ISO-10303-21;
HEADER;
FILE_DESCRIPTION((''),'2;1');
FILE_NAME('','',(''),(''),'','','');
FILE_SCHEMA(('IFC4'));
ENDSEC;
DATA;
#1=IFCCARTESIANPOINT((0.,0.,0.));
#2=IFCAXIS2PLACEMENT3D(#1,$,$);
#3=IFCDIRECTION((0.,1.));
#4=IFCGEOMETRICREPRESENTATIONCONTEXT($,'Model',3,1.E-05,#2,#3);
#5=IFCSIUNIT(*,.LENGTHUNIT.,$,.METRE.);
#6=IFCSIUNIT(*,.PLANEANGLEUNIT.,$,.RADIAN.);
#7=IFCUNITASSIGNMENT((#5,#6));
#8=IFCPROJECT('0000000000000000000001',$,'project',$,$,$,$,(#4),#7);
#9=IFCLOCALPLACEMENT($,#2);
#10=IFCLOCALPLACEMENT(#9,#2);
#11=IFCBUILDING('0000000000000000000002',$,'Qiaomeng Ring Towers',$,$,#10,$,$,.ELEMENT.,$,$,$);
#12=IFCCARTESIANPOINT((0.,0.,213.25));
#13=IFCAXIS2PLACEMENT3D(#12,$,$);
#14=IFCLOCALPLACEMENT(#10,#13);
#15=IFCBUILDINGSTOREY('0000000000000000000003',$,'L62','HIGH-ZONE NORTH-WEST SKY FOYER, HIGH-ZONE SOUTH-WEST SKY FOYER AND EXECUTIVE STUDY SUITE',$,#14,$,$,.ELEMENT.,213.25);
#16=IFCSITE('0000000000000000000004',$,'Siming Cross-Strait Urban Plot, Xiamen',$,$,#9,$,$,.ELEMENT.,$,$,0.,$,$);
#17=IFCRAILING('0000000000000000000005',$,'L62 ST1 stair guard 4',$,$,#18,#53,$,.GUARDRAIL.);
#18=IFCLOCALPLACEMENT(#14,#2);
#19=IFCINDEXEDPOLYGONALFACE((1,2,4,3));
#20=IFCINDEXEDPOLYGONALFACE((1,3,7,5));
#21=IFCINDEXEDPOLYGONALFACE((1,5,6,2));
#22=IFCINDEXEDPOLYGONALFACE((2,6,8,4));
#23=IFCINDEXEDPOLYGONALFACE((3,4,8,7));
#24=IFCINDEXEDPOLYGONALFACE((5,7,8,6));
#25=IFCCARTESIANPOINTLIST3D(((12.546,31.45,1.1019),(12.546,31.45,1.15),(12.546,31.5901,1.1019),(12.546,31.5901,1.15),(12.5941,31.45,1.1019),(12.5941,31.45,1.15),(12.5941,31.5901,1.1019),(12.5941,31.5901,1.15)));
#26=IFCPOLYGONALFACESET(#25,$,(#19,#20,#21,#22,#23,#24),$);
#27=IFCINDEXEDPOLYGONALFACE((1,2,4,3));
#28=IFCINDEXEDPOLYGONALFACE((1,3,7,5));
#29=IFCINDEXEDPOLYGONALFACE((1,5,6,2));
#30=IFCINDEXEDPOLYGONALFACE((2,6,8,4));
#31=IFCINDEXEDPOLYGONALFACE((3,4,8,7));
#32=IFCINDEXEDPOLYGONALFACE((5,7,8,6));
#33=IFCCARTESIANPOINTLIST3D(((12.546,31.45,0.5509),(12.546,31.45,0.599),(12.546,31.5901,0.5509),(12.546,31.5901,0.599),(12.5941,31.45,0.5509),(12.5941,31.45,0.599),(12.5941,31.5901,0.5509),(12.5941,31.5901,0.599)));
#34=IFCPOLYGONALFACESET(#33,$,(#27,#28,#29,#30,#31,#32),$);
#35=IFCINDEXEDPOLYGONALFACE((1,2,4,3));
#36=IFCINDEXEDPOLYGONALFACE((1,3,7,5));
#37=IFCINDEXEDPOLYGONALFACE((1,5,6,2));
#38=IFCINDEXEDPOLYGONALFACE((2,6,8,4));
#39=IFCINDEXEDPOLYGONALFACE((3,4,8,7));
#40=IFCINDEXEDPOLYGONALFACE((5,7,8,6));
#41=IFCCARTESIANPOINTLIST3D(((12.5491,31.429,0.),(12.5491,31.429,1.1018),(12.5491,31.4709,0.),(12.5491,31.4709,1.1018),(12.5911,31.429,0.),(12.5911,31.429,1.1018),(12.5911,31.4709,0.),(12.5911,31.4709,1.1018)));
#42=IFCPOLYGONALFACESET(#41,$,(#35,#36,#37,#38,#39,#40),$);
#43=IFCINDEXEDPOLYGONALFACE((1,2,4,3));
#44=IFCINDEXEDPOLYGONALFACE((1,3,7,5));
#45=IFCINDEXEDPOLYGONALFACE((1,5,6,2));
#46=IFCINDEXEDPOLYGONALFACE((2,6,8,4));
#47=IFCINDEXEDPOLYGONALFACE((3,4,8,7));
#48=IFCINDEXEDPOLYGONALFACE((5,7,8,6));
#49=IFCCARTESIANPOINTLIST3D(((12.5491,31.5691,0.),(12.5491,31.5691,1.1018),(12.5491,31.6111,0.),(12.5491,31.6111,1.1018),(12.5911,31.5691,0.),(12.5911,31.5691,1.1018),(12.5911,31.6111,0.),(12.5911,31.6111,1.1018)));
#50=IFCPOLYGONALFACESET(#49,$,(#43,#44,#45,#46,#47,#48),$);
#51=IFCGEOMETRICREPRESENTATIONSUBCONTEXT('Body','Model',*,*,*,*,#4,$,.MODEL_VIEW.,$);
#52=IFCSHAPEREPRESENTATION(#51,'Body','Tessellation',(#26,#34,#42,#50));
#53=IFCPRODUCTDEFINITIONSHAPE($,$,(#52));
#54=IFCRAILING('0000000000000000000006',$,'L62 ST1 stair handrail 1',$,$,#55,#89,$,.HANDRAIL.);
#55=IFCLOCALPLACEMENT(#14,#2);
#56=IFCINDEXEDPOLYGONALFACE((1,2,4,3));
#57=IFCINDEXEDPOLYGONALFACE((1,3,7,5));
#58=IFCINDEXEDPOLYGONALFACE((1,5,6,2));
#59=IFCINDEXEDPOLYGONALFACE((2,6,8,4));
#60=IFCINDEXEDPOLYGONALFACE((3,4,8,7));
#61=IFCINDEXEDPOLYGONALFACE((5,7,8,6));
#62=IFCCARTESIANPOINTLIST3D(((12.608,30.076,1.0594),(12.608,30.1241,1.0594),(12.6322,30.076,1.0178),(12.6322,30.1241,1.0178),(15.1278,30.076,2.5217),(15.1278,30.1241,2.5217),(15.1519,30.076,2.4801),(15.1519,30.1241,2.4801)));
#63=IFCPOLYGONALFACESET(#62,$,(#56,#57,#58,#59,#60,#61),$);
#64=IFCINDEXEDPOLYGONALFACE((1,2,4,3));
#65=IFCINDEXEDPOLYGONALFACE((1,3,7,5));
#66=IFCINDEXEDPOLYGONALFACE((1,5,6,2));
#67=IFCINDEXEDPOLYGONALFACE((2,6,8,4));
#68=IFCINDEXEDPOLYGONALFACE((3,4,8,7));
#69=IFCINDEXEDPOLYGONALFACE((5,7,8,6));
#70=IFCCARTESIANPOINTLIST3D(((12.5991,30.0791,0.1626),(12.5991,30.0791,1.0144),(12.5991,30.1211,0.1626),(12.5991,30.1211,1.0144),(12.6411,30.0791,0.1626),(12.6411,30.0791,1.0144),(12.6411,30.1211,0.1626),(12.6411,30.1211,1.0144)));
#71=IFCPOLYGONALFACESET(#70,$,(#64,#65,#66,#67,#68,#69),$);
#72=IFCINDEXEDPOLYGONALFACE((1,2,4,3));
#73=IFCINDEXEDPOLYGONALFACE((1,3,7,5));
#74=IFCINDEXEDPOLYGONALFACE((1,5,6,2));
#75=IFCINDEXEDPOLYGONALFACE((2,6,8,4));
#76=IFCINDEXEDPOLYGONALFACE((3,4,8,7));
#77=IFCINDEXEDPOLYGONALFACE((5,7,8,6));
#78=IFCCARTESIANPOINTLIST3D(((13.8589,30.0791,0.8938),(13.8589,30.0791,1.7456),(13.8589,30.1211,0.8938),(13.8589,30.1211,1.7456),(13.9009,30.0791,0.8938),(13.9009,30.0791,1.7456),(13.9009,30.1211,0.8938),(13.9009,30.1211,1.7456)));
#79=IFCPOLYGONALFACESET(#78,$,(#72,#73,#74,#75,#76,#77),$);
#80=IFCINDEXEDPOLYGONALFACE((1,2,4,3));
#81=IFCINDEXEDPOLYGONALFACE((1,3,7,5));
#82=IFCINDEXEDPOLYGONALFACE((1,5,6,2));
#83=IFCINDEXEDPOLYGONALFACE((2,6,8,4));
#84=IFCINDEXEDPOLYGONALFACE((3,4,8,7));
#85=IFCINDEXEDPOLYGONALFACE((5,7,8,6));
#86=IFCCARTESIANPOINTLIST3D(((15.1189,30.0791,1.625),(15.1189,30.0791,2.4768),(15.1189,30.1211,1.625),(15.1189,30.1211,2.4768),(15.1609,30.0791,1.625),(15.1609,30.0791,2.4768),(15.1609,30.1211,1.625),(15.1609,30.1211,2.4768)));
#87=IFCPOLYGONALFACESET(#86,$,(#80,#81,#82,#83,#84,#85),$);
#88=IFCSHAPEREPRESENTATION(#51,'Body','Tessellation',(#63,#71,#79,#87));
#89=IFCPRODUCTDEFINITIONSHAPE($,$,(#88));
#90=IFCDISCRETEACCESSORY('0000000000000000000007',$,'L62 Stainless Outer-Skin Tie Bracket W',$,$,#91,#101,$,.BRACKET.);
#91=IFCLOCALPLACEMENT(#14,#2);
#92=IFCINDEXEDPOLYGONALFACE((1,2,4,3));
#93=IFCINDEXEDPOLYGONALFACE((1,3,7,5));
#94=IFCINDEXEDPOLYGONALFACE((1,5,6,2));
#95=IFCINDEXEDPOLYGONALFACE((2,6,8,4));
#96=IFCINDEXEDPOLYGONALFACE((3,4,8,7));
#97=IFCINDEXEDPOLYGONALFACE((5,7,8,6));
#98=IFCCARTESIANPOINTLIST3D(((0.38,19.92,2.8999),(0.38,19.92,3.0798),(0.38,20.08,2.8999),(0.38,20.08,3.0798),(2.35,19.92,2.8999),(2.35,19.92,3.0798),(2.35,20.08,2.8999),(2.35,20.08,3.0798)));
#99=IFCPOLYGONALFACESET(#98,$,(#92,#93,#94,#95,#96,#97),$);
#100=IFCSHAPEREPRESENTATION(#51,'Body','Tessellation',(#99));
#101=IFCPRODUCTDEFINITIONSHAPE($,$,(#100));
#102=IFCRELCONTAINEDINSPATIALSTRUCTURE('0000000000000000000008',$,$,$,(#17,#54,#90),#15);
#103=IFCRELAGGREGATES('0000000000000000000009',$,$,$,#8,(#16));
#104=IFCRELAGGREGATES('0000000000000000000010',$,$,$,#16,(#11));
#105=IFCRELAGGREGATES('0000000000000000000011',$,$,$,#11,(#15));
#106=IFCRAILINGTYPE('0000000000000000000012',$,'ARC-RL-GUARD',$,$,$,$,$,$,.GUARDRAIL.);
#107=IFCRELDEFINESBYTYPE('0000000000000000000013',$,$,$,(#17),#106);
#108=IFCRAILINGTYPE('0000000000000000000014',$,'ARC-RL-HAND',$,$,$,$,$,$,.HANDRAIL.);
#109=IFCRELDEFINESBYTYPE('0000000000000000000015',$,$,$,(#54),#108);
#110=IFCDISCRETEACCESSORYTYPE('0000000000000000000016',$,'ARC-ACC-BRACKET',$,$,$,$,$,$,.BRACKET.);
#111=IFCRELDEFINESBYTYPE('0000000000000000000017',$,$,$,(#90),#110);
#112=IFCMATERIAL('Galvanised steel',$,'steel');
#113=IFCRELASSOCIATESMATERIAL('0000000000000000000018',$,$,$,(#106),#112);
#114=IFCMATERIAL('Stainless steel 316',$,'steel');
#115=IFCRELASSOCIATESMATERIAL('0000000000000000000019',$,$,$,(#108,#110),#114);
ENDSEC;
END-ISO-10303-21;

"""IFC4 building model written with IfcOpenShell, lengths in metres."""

from ifc_helpers import new_model, si_unit, direction, frame, origin, origin_2d, place, context, subcontext, project, spatial, rectangle, extrude, source, transform, mapped, material, type_object, element, save


model = new_model("IFC4")

# Units and contexts
model_context = context("Model", 3, precision=1e-05, world=origin(), true_north=direction((0.0, 1.0)))
body_context = subcontext(model_context, "Body", "Model", "MODEL_VIEW")
ifc_project = project(units=[si_unit("LENGTHUNIT", "METRE"), si_unit("PLANEANGLEUNIT", "RADIAN")], contexts=[model_context])

# Site, building, storey
site_placement = place(None, origin())
site = spatial("IfcSite", under=ifc_project, at=site_placement, Name="Siming Cross-Strait Urban Plot, Xiamen", CompositionType="ELEMENT", RefElevation=0.0)
building_placement = place(site_placement, origin())
building = spatial("IfcBuilding", under=site, at=building_placement, Name="Qiaomeng Ring Towers", CompositionType="ELEMENT")
storey_placement = place(building_placement, frame((0.0, 0.0, 213.25)))
storey = spatial("IfcBuildingStorey", under=building, at=storey_placement, Name="L62", Description="HIGH-ZONE NORTH-WEST SKY FOYER, HIGH-ZONE SOUTH-WEST SKY FOYER AND EXECUTIVE STUDY SUITE", CompositionType="ELEMENT", Elevation=213.25)

# Shared definitions
ifc_material_1 = material(Name="Stainless steel 316", Category="steel")

# Railings
ifc_material_2 = material(Name="Galvanised steel", Category="steel")
railing_type_1 = type_object("IfcRailingType", Name="ARC-RL-GUARD", PredefinedType="GUARDRAIL", material=ifc_material_2)
railing_1_placement = place(storey_placement, frame((12.5701, 31.45, 0.0)))
element("IfcRailing", 1, at=railing_1_placement, inside=storey, type_object=railing_type_1, Name="L62 ST1 stair guard 4", PredefinedType="GUARDRAIL", context=body_context, shape_type="SweptSolid", body=[
    extrude(rectangle(XDim=0.0481, YDim=0.0481, at=origin_2d()), frame((0.0, 0.0, 1.126), z_axis=(0.0, 1.0, 0.0), x_axis=(-1.0, 0.0, 0.0)), (0.0, 0.0, 1.0), 0.1401),
    extrude(rectangle(XDim=0.0481, YDim=0.0481, at=origin_2d()), frame((0.0, 0.0, 0.575), z_axis=(0.0, 1.0, 0.0), x_axis=(-1.0, 0.0, 0.0)), (0.0, 0.0, 1.0), 0.1401),
    extrude(rectangle(XDim=0.042, YDim=0.042, at=origin_2d()), origin(), (0.0, 0.0, 1.0), 1.1018),
    extrude(rectangle(XDim=0.042, YDim=0.042, at=origin_2d()), frame((0.0, 0.1401, 0.0)), (0.0, 0.0, 1.0), 1.1018),
])
railing_type_2 = type_object("IfcRailingType", Name="ARC-RL-HAND", PredefinedType="HANDRAIL", material=ifc_material_1)
railing_2_placement = place(storey_placement, frame((12.6201, 30.1001, 0.1626)))
element("IfcRailing", 2, at=railing_2_placement, inside=storey, type_object=railing_type_2, Name="L62 ST1 stair handrail 1", PredefinedType="HANDRAIL", context=body_context, shape_type="SweptSolid", body=[
    extrude(rectangle(XDim=0.0481, YDim=0.0481, at=origin_2d()), frame((0.0, 0.0, 0.876), z_axis=(0.864892, 0.0, 0.501958), x_axis=(0.0, 1.0, 0.0)), (0.0, 0.0, 1.0), 2.9133),
    extrude(rectangle(XDim=0.042, YDim=0.042, at=origin_2d()), origin(), (0.0, 0.0, 1.0), 0.8518),
    extrude(rectangle(XDim=0.042, YDim=0.042, at=origin_2d()), frame((1.2598, 0.0, 0.7312)), (0.0, 0.0, 1.0), 0.8518),
    extrude(rectangle(XDim=0.042, YDim=0.042, at=origin_2d()), frame((2.5198, 0.0, 1.4624)), (0.0, 0.0, 1.0), 0.8518),
])

# Discrete accessory
discrete_accessory_type = type_object("IfcDiscreteAccessoryType", Name="ARC-ACC-BRACKET", PredefinedType="BRACKET", material=ifc_material_1)
shared_shape_1 = source(origin(), body_context, "Body", "SweptSolid", [
    extrude(rectangle(XDim=1.97, YDim=0.1599, at=origin_2d()), origin(), (0.0, 0.0, 1.0), 0.1799),
])
discrete_accessory_placement = place(storey_placement, frame((1.365, 20.0, 2.8999), z_axis=(0.0, 0.0, 1.0), x_axis=(1.0, 0.0, 0.0)))
element("IfcDiscreteAccessory", 3, at=discrete_accessory_placement, inside=storey, type_object=discrete_accessory_type, Name="L62 Stainless Outer-Skin Tie Bracket W", PredefinedType="BRACKET", context=body_context, shape_type="MappedRepresentation", body=[
    mapped(shared_shape_1, transform((0.0, 0.0, 0.0), x_axis=(1.0, 0.0, 0.0), y_axis=(0.0, 1.0, 0.0), z_axis=(0.0, 0.0, 1.0), scale=1.0)),
])

save(model, "model.ifc")
